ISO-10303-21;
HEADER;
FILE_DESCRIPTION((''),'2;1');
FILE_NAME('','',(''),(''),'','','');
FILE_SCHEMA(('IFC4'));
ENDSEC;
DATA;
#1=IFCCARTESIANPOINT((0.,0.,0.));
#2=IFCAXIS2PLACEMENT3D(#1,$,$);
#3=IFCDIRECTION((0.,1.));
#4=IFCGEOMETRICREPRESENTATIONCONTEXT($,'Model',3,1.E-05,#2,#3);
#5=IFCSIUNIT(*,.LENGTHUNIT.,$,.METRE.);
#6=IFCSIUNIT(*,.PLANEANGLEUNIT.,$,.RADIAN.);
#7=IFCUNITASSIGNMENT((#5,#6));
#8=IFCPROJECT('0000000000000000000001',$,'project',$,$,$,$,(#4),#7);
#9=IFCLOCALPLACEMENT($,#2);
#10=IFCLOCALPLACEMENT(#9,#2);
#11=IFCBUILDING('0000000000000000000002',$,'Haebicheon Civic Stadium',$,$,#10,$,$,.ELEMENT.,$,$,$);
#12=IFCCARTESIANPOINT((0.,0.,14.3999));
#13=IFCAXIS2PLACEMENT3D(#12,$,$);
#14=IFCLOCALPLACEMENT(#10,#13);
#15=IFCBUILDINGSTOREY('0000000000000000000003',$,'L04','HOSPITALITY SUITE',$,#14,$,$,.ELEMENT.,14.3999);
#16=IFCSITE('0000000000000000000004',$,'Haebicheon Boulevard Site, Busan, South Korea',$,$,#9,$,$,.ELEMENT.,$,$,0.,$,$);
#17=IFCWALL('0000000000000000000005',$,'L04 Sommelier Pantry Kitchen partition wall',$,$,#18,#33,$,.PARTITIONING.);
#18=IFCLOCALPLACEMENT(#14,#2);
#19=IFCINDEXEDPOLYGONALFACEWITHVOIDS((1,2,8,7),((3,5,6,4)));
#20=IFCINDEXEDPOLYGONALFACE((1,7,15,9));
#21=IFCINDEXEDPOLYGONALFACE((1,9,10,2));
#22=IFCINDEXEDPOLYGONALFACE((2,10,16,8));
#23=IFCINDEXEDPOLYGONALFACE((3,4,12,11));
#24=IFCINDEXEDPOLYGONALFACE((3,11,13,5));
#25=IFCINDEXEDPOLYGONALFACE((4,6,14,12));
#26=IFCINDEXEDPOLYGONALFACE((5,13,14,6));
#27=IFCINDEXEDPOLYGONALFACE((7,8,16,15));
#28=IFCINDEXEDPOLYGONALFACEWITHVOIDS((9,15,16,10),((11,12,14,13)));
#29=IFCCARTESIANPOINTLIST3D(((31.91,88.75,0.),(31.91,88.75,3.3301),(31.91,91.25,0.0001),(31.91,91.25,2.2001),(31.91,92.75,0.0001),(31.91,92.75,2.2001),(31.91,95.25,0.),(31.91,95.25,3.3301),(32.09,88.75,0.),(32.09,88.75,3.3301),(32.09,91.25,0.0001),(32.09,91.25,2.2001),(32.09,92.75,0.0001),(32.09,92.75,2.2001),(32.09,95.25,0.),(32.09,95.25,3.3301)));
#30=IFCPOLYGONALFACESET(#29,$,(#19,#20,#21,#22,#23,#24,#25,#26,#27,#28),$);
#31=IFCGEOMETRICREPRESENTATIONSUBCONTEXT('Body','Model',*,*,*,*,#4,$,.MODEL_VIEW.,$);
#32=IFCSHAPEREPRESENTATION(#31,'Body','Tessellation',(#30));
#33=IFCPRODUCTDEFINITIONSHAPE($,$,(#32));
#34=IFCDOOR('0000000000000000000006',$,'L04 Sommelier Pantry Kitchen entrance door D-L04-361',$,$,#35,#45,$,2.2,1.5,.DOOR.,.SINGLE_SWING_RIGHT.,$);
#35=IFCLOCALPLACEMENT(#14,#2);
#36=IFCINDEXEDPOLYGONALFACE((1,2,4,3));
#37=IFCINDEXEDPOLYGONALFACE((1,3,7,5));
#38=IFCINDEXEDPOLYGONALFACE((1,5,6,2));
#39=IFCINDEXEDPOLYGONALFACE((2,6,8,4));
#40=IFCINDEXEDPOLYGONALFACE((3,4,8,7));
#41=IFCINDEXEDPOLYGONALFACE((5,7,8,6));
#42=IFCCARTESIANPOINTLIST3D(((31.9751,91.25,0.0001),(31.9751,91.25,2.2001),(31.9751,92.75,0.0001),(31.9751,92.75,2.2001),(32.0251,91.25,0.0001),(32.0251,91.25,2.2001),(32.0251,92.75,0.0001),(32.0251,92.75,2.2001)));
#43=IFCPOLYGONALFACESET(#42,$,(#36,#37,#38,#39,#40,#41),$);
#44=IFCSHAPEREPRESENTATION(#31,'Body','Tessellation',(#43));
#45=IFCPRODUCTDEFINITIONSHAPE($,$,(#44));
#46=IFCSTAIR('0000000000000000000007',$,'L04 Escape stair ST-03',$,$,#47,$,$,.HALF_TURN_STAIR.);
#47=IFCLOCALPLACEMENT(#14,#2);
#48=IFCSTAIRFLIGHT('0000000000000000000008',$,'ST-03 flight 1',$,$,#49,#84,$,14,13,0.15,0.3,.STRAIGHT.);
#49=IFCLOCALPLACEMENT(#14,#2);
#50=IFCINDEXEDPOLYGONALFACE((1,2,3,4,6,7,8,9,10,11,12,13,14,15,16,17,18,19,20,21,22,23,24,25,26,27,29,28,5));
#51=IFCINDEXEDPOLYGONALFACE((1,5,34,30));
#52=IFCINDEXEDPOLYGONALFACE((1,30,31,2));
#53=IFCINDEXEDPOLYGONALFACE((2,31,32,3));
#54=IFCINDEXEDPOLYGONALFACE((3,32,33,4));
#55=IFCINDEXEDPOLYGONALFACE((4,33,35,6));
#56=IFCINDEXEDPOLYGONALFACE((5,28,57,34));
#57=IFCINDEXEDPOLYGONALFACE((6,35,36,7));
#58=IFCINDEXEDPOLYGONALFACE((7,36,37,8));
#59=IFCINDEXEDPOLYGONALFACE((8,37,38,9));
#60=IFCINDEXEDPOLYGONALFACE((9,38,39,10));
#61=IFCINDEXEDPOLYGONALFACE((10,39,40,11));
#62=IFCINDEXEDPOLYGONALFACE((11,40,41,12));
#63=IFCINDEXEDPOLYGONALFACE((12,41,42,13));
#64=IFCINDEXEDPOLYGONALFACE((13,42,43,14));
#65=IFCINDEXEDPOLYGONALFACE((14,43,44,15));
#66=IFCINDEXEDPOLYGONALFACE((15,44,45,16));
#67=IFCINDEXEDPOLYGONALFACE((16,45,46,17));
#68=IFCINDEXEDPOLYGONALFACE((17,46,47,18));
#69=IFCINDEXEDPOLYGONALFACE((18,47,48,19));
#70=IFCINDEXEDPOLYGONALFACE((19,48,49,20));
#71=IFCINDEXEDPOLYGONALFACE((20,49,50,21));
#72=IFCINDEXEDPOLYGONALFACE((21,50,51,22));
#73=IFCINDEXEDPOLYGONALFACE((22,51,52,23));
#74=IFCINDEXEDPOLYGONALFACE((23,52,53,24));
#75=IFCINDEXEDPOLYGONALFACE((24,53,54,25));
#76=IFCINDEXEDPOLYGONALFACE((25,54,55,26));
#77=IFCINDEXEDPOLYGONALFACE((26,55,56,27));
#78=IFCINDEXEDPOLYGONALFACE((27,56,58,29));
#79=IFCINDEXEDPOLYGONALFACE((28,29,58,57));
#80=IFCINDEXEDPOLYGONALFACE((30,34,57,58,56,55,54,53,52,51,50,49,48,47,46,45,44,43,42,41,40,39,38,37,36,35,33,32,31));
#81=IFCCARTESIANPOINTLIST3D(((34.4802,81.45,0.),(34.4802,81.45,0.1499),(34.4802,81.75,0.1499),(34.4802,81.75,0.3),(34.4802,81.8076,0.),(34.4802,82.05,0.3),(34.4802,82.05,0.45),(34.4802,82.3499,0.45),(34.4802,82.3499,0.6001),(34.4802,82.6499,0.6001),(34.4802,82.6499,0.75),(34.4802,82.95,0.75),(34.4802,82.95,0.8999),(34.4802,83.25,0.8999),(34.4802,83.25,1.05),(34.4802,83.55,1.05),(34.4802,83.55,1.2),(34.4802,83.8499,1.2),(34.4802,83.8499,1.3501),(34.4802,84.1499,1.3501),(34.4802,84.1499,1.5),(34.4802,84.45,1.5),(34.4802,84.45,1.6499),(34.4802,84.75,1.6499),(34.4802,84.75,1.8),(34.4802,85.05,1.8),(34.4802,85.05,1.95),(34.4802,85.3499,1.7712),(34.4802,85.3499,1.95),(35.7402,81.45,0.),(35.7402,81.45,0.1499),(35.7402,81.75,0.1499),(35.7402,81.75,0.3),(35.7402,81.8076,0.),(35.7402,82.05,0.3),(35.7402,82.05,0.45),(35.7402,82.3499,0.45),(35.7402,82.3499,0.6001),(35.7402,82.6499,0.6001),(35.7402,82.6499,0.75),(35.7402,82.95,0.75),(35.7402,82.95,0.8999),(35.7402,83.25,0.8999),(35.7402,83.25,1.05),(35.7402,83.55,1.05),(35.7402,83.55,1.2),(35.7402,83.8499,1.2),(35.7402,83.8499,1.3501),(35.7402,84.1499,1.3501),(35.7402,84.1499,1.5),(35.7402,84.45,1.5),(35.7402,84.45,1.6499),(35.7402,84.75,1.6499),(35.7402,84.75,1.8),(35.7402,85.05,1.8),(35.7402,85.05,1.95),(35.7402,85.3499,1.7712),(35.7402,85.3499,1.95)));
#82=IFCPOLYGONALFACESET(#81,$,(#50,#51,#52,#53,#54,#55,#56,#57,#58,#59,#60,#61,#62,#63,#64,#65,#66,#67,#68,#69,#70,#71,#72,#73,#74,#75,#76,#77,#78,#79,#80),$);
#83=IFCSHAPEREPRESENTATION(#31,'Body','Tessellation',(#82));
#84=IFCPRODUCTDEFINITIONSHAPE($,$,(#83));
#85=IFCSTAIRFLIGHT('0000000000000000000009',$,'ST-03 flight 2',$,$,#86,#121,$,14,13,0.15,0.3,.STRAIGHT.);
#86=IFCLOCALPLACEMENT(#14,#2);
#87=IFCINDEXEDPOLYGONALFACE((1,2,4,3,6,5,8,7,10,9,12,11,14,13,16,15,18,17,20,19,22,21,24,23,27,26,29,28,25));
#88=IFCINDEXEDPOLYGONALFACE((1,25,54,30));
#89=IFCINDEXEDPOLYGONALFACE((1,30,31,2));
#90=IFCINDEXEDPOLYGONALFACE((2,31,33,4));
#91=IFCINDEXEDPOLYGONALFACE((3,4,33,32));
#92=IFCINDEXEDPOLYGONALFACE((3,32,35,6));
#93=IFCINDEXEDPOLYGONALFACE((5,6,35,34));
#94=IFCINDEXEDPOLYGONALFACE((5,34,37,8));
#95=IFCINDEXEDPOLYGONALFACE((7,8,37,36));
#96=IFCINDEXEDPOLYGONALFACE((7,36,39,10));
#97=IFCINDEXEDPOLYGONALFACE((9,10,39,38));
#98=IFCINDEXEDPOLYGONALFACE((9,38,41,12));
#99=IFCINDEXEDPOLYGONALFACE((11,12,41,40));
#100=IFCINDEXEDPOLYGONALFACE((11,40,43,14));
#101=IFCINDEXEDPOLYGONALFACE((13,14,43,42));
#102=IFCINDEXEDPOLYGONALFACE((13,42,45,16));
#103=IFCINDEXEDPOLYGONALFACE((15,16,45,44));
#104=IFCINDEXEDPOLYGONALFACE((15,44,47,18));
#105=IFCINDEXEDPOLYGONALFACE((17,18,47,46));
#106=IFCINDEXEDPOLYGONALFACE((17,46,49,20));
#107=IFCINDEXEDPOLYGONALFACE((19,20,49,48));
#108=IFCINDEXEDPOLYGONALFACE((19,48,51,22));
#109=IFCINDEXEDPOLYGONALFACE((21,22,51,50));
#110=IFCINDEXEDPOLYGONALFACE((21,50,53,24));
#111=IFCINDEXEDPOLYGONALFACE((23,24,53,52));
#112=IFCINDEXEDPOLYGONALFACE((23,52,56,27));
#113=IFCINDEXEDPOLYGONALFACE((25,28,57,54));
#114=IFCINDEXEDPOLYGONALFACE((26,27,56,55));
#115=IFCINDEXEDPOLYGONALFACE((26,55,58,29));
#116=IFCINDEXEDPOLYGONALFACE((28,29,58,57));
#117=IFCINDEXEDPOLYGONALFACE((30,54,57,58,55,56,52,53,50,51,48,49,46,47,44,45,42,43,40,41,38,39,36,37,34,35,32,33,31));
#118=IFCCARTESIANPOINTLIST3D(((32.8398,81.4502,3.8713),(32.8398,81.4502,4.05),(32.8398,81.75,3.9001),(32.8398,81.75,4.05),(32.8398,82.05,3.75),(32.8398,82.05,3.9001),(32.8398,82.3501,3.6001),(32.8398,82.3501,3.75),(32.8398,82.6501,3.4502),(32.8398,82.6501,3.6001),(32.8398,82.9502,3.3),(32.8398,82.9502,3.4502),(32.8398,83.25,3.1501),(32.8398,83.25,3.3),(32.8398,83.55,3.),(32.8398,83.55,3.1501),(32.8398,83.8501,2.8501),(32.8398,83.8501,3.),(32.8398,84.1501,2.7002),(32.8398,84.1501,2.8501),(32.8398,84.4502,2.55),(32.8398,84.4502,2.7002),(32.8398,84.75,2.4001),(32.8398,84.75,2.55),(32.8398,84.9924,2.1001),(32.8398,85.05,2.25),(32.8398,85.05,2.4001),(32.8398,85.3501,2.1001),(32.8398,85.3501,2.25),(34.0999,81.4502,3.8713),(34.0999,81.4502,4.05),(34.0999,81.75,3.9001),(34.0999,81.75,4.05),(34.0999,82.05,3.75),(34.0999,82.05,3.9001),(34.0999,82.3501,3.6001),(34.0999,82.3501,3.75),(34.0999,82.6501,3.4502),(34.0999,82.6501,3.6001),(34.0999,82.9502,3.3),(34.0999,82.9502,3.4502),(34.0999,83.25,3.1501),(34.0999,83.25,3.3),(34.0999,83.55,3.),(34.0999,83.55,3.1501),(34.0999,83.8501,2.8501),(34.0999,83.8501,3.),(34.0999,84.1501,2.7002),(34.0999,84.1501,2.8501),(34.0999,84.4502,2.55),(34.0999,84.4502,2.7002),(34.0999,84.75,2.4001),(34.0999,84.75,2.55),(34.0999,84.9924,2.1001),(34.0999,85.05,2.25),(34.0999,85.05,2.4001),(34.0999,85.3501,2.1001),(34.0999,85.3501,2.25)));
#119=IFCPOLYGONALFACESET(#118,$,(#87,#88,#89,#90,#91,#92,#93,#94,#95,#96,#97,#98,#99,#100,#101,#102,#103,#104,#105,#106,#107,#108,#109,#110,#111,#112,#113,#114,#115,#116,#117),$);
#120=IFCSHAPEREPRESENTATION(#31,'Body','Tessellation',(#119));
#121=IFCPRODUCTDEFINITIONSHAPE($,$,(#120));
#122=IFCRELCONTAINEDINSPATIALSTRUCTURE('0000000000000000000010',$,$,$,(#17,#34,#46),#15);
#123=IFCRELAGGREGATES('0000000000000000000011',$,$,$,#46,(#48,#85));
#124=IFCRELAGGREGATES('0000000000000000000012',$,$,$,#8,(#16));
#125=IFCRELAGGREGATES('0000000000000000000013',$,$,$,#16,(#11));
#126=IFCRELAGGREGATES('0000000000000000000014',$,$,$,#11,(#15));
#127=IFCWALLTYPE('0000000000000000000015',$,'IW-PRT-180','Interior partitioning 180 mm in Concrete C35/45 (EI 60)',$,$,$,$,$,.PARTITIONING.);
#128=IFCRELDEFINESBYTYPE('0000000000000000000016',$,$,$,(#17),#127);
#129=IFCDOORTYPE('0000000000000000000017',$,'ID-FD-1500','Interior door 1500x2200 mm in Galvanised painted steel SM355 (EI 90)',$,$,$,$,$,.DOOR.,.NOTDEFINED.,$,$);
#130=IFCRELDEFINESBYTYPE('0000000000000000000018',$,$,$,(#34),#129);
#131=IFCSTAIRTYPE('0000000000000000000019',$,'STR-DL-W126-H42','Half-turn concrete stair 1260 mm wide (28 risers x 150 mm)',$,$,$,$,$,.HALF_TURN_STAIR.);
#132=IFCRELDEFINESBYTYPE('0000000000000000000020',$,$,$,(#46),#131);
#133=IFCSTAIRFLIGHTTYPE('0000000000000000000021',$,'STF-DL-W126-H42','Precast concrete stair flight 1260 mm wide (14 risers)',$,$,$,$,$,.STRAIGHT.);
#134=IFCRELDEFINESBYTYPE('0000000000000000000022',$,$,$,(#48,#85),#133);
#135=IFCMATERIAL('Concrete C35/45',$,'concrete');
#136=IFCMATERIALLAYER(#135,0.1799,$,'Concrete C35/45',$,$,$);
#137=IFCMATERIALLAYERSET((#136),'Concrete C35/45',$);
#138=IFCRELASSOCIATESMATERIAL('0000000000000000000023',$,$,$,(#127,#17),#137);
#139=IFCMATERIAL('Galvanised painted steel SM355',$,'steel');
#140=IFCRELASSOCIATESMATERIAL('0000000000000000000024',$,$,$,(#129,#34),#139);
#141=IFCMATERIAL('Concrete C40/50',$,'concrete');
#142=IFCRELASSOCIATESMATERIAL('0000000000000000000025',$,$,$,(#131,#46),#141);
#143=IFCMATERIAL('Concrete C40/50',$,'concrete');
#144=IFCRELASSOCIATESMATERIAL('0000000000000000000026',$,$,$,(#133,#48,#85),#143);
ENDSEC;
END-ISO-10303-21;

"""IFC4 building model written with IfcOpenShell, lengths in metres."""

from ifc_helpers import new_model, si_unit, direction, frame, frame_2d, origin, place, context, subcontext, project, spatial, polyline, rectangle, outline, extrude, material, layer, layer_set, type_object, element, fill, aggregate, save


model = new_model("IFC4")

# Units and contexts
model_context = context("Model", 3, precision=1e-05, world=origin(), true_north=direction((0.0, 1.0)))
body_context = subcontext(model_context, "Body", "Model", "MODEL_VIEW")
ifc_project = project(units=[si_unit("LENGTHUNIT", "METRE"), si_unit("PLANEANGLEUNIT", "RADIAN")], contexts=[model_context])

# Site, building, storey
site_placement = place(None, origin())
site = spatial("IfcSite", under=ifc_project, at=site_placement, Name="Haebicheon Boulevard Site, Busan, South Korea", CompositionType="ELEMENT", RefElevation=0.0)
building_placement = place(site_placement, origin())
building = spatial("IfcBuilding", under=site, at=building_placement, Name="Haebicheon Civic Stadium", CompositionType="ELEMENT")
storey_placement = place(building_placement, frame((0.0, 0.0, 14.3999)))
storey = spatial("IfcBuildingStorey", under=building, at=storey_placement, Name="L04", Description="HOSPITALITY SUITE", CompositionType="ELEMENT", Elevation=14.3999)

# Wall, opening, door
ifc_material_1 = material(Name="Concrete C35/45", Category="concrete")
ifc_layer_1 = layer(ifc_material_1, 0.1799, Name="Concrete C35/45")
ifc_layer_set_1 = layer_set([ifc_layer_1], Name="Concrete C35/45")
wall_type_1 = type_object("IfcWallType", Name="IW-PRT-180", Description="Interior partitioning 180 mm in Concrete C35/45 (EI 60)", PredefinedType="PARTITIONING", material=ifc_layer_set_1)
wall_placement = place(storey_placement, frame((32.0, 88.75, 0.0), z_axis=(0.0, 0.0, 1.0), x_axis=(0.0, 1.0, 0.0)))
wall = element("IfcWall", 1, at=wall_placement, inside=storey, type_object=wall_type_1, material=ifc_layer_set_1, Name="L04 Sommelier Pantry Kitchen partition wall", PredefinedType="PARTITIONING", context=body_context, shape_type="SweptSolid", body=[
    extrude(rectangle(XDim=6.5, YDim=0.1799, at=frame_2d((3.25, 0.0))), origin(), (0.0, 0.0, 1.0), 3.3301),
])
opening_placement = place(wall_placement, frame((2.5, 0.0, 0.0)))
opening = element("IfcOpeningElement", 2, at=opening_placement, cuts=wall, PredefinedType="OPENING", context=body_context, shape_type="SweptSolid", body=[
    extrude(rectangle(XDim=1.5, YDim=2.2, at=frame_2d((0.75, 1.1001))), frame((0.0, 0.0999, 0.0), z_axis=(0.0, -1.0, 0.0), x_axis=(1.0, 0.0, 0.0)), (0.0, 0.0, 1.0), 0.2),
])
ifc_material_2 = material(Name="Galvanised painted steel SM355", Category="steel")
door_type = type_object("IfcDoorType", Name="ID-FD-1500", Description="Interior door 1500x2200 mm in Galvanised painted steel SM355 (EI 90)", OperationType="NOTDEFINED", PredefinedType="DOOR", material=ifc_material_2)
door_placement = place(opening_placement, origin())
door = element("IfcDoor", 3, at=door_placement, inside=storey, type_object=door_type, material=ifc_material_2, Name="L04 Sommelier Pantry Kitchen entrance door D-L04-361", OperationType="SINGLE_SWING_RIGHT", OverallHeight=2.2, OverallWidth=1.5, PredefinedType="DOOR", context=body_context, shape_type="SweptSolid", body=[
    extrude(rectangle(XDim=1.5, YDim=2.2, at=frame_2d((0.75, 1.1001))), frame((0.0, 0.0249, 0.0), z_axis=(0.0, -1.0, 0.0), x_axis=(1.0, 0.0, 0.0)), (0.0, 0.0, 1.0), 0.05),
])
fill(opening, door)

# Stair, stair flights
ifc_material_3 = material(Name="Concrete C40/50", Category="concrete")
stair_type = type_object("IfcStairType", Name="STR-DL-W126-H42", Description="Half-turn concrete stair 1260 mm wide (28 risers x 150 mm)", PredefinedType="HALF_TURN_STAIR", material=ifc_material_3)
stair_placement = place(storey_placement, origin())
stair = element("IfcStair", 4, at=stair_placement, inside=storey, type_object=stair_type, material=ifc_material_3, Name="L04 Escape stair ST-03", PredefinedType="HALF_TURN_STAIR")
ifc_material_4 = material(Name="Concrete C40/50", Category="concrete")
stair_flight_type = type_object("IfcStairFlightType", Name="STF-DL-W126-H42", Description="Precast concrete stair flight 1260 mm wide (14 risers)", PredefinedType="STRAIGHT", material=ifc_material_4)
stair_flight_1_placement = place(storey_placement, frame((35.1101, 81.45, 0.0), z_axis=(0.0, 0.0, 1.0), x_axis=(0.0, 1.0, 0.0)))
stair_flight_1 = element("IfcStairFlight", 5, at=stair_flight_1_placement, type_object=stair_flight_type, material=ifc_material_4, Name="ST-03 flight 1", NumberOfRisers=14, NumberOfTreads=13, PredefinedType="STRAIGHT", RiserHeight=0.15, TreadLength=0.3, context=body_context, shape_type="SweptSolid", body=[
    extrude(outline(polyline([(0.0, 0.0), (0.0, 0.1499), (0.3, 0.1499), (0.3, 0.3), (0.6001, 0.3), (0.6001, 0.45), (0.8999, 0.45), (0.8999, 0.6001), (1.2, 0.6001), (1.2, 0.75), (1.5, 0.75), (1.5, 0.8999), (1.8, 0.8999), (1.8, 1.05), (2.1001, 1.05), (2.1001, 1.2), (2.3999, 1.2), (2.3999, 1.3501), (2.7, 1.3501), (2.7, 1.5), (3.0, 1.5), (3.0, 1.6499), (3.3, 1.6499), (3.3, 1.8), (3.6001, 1.8), (3.6001, 1.95), (3.8999, 1.95), (3.8999, 2.1001), (3.8999, 1.7712), (0.3577, 0.0), (0.0, 0.0)])), frame((0.0, 0.6299, 0.0), z_axis=(0.0, -1.0, 0.0), x_axis=(1.0, 0.0, 0.0)), (0.0, 0.0, 1.0), 1.26),
])
stair_flight_2_placement = place(storey_placement, frame((33.47, 85.3501, 2.1001), z_axis=(0.0, 0.0, 1.0), x_axis=(0.0, -1.0, 0.0)))
stair_flight_2 = element("IfcStairFlight", 6, at=stair_flight_2_placement, type_object=stair_flight_type, material=ifc_material_4, Name="ST-03 flight 2", NumberOfRisers=14, NumberOfTreads=13, PredefinedType="STRAIGHT", RiserHeight=0.15, TreadLength=0.3, context=body_context, shape_type="SweptSolid", body=[
    extrude(outline(polyline([(0.0, 0.0), (0.0, 0.1499), (0.3, 0.1499), (0.3, 0.3), (0.6001, 0.3), (0.6001, 0.45), (0.8999, 0.45), (0.8999, 0.6001), (1.2, 0.6001), (1.2, 0.75), (1.5, 0.75), (1.5, 0.8999), (1.8, 0.8999), (1.8, 1.05), (2.1001, 1.05), (2.1001, 1.2), (2.3999, 1.2), (2.3999, 1.3501), (2.7, 1.3501), (2.7, 1.5), (3.0, 1.5), (3.0, 1.6499), (3.3, 1.6499), (3.3, 1.8), (3.6001, 1.8), (3.6001, 1.95), (3.8999, 1.95), (3.8999, 2.1001), (3.8999, 1.7712), (0.3577, 0.0), (0.0, 0.0)])), frame((0.0, 0.6299, 0.0), z_axis=(0.0, -1.0, 0.0), x_axis=(1.0, 0.0, 0.0)), (0.0, 0.0, 1.0), 1.26),
])
aggregate(stair, [stair_flight_1, stair_flight_2])

save(model, "model.ifc")
